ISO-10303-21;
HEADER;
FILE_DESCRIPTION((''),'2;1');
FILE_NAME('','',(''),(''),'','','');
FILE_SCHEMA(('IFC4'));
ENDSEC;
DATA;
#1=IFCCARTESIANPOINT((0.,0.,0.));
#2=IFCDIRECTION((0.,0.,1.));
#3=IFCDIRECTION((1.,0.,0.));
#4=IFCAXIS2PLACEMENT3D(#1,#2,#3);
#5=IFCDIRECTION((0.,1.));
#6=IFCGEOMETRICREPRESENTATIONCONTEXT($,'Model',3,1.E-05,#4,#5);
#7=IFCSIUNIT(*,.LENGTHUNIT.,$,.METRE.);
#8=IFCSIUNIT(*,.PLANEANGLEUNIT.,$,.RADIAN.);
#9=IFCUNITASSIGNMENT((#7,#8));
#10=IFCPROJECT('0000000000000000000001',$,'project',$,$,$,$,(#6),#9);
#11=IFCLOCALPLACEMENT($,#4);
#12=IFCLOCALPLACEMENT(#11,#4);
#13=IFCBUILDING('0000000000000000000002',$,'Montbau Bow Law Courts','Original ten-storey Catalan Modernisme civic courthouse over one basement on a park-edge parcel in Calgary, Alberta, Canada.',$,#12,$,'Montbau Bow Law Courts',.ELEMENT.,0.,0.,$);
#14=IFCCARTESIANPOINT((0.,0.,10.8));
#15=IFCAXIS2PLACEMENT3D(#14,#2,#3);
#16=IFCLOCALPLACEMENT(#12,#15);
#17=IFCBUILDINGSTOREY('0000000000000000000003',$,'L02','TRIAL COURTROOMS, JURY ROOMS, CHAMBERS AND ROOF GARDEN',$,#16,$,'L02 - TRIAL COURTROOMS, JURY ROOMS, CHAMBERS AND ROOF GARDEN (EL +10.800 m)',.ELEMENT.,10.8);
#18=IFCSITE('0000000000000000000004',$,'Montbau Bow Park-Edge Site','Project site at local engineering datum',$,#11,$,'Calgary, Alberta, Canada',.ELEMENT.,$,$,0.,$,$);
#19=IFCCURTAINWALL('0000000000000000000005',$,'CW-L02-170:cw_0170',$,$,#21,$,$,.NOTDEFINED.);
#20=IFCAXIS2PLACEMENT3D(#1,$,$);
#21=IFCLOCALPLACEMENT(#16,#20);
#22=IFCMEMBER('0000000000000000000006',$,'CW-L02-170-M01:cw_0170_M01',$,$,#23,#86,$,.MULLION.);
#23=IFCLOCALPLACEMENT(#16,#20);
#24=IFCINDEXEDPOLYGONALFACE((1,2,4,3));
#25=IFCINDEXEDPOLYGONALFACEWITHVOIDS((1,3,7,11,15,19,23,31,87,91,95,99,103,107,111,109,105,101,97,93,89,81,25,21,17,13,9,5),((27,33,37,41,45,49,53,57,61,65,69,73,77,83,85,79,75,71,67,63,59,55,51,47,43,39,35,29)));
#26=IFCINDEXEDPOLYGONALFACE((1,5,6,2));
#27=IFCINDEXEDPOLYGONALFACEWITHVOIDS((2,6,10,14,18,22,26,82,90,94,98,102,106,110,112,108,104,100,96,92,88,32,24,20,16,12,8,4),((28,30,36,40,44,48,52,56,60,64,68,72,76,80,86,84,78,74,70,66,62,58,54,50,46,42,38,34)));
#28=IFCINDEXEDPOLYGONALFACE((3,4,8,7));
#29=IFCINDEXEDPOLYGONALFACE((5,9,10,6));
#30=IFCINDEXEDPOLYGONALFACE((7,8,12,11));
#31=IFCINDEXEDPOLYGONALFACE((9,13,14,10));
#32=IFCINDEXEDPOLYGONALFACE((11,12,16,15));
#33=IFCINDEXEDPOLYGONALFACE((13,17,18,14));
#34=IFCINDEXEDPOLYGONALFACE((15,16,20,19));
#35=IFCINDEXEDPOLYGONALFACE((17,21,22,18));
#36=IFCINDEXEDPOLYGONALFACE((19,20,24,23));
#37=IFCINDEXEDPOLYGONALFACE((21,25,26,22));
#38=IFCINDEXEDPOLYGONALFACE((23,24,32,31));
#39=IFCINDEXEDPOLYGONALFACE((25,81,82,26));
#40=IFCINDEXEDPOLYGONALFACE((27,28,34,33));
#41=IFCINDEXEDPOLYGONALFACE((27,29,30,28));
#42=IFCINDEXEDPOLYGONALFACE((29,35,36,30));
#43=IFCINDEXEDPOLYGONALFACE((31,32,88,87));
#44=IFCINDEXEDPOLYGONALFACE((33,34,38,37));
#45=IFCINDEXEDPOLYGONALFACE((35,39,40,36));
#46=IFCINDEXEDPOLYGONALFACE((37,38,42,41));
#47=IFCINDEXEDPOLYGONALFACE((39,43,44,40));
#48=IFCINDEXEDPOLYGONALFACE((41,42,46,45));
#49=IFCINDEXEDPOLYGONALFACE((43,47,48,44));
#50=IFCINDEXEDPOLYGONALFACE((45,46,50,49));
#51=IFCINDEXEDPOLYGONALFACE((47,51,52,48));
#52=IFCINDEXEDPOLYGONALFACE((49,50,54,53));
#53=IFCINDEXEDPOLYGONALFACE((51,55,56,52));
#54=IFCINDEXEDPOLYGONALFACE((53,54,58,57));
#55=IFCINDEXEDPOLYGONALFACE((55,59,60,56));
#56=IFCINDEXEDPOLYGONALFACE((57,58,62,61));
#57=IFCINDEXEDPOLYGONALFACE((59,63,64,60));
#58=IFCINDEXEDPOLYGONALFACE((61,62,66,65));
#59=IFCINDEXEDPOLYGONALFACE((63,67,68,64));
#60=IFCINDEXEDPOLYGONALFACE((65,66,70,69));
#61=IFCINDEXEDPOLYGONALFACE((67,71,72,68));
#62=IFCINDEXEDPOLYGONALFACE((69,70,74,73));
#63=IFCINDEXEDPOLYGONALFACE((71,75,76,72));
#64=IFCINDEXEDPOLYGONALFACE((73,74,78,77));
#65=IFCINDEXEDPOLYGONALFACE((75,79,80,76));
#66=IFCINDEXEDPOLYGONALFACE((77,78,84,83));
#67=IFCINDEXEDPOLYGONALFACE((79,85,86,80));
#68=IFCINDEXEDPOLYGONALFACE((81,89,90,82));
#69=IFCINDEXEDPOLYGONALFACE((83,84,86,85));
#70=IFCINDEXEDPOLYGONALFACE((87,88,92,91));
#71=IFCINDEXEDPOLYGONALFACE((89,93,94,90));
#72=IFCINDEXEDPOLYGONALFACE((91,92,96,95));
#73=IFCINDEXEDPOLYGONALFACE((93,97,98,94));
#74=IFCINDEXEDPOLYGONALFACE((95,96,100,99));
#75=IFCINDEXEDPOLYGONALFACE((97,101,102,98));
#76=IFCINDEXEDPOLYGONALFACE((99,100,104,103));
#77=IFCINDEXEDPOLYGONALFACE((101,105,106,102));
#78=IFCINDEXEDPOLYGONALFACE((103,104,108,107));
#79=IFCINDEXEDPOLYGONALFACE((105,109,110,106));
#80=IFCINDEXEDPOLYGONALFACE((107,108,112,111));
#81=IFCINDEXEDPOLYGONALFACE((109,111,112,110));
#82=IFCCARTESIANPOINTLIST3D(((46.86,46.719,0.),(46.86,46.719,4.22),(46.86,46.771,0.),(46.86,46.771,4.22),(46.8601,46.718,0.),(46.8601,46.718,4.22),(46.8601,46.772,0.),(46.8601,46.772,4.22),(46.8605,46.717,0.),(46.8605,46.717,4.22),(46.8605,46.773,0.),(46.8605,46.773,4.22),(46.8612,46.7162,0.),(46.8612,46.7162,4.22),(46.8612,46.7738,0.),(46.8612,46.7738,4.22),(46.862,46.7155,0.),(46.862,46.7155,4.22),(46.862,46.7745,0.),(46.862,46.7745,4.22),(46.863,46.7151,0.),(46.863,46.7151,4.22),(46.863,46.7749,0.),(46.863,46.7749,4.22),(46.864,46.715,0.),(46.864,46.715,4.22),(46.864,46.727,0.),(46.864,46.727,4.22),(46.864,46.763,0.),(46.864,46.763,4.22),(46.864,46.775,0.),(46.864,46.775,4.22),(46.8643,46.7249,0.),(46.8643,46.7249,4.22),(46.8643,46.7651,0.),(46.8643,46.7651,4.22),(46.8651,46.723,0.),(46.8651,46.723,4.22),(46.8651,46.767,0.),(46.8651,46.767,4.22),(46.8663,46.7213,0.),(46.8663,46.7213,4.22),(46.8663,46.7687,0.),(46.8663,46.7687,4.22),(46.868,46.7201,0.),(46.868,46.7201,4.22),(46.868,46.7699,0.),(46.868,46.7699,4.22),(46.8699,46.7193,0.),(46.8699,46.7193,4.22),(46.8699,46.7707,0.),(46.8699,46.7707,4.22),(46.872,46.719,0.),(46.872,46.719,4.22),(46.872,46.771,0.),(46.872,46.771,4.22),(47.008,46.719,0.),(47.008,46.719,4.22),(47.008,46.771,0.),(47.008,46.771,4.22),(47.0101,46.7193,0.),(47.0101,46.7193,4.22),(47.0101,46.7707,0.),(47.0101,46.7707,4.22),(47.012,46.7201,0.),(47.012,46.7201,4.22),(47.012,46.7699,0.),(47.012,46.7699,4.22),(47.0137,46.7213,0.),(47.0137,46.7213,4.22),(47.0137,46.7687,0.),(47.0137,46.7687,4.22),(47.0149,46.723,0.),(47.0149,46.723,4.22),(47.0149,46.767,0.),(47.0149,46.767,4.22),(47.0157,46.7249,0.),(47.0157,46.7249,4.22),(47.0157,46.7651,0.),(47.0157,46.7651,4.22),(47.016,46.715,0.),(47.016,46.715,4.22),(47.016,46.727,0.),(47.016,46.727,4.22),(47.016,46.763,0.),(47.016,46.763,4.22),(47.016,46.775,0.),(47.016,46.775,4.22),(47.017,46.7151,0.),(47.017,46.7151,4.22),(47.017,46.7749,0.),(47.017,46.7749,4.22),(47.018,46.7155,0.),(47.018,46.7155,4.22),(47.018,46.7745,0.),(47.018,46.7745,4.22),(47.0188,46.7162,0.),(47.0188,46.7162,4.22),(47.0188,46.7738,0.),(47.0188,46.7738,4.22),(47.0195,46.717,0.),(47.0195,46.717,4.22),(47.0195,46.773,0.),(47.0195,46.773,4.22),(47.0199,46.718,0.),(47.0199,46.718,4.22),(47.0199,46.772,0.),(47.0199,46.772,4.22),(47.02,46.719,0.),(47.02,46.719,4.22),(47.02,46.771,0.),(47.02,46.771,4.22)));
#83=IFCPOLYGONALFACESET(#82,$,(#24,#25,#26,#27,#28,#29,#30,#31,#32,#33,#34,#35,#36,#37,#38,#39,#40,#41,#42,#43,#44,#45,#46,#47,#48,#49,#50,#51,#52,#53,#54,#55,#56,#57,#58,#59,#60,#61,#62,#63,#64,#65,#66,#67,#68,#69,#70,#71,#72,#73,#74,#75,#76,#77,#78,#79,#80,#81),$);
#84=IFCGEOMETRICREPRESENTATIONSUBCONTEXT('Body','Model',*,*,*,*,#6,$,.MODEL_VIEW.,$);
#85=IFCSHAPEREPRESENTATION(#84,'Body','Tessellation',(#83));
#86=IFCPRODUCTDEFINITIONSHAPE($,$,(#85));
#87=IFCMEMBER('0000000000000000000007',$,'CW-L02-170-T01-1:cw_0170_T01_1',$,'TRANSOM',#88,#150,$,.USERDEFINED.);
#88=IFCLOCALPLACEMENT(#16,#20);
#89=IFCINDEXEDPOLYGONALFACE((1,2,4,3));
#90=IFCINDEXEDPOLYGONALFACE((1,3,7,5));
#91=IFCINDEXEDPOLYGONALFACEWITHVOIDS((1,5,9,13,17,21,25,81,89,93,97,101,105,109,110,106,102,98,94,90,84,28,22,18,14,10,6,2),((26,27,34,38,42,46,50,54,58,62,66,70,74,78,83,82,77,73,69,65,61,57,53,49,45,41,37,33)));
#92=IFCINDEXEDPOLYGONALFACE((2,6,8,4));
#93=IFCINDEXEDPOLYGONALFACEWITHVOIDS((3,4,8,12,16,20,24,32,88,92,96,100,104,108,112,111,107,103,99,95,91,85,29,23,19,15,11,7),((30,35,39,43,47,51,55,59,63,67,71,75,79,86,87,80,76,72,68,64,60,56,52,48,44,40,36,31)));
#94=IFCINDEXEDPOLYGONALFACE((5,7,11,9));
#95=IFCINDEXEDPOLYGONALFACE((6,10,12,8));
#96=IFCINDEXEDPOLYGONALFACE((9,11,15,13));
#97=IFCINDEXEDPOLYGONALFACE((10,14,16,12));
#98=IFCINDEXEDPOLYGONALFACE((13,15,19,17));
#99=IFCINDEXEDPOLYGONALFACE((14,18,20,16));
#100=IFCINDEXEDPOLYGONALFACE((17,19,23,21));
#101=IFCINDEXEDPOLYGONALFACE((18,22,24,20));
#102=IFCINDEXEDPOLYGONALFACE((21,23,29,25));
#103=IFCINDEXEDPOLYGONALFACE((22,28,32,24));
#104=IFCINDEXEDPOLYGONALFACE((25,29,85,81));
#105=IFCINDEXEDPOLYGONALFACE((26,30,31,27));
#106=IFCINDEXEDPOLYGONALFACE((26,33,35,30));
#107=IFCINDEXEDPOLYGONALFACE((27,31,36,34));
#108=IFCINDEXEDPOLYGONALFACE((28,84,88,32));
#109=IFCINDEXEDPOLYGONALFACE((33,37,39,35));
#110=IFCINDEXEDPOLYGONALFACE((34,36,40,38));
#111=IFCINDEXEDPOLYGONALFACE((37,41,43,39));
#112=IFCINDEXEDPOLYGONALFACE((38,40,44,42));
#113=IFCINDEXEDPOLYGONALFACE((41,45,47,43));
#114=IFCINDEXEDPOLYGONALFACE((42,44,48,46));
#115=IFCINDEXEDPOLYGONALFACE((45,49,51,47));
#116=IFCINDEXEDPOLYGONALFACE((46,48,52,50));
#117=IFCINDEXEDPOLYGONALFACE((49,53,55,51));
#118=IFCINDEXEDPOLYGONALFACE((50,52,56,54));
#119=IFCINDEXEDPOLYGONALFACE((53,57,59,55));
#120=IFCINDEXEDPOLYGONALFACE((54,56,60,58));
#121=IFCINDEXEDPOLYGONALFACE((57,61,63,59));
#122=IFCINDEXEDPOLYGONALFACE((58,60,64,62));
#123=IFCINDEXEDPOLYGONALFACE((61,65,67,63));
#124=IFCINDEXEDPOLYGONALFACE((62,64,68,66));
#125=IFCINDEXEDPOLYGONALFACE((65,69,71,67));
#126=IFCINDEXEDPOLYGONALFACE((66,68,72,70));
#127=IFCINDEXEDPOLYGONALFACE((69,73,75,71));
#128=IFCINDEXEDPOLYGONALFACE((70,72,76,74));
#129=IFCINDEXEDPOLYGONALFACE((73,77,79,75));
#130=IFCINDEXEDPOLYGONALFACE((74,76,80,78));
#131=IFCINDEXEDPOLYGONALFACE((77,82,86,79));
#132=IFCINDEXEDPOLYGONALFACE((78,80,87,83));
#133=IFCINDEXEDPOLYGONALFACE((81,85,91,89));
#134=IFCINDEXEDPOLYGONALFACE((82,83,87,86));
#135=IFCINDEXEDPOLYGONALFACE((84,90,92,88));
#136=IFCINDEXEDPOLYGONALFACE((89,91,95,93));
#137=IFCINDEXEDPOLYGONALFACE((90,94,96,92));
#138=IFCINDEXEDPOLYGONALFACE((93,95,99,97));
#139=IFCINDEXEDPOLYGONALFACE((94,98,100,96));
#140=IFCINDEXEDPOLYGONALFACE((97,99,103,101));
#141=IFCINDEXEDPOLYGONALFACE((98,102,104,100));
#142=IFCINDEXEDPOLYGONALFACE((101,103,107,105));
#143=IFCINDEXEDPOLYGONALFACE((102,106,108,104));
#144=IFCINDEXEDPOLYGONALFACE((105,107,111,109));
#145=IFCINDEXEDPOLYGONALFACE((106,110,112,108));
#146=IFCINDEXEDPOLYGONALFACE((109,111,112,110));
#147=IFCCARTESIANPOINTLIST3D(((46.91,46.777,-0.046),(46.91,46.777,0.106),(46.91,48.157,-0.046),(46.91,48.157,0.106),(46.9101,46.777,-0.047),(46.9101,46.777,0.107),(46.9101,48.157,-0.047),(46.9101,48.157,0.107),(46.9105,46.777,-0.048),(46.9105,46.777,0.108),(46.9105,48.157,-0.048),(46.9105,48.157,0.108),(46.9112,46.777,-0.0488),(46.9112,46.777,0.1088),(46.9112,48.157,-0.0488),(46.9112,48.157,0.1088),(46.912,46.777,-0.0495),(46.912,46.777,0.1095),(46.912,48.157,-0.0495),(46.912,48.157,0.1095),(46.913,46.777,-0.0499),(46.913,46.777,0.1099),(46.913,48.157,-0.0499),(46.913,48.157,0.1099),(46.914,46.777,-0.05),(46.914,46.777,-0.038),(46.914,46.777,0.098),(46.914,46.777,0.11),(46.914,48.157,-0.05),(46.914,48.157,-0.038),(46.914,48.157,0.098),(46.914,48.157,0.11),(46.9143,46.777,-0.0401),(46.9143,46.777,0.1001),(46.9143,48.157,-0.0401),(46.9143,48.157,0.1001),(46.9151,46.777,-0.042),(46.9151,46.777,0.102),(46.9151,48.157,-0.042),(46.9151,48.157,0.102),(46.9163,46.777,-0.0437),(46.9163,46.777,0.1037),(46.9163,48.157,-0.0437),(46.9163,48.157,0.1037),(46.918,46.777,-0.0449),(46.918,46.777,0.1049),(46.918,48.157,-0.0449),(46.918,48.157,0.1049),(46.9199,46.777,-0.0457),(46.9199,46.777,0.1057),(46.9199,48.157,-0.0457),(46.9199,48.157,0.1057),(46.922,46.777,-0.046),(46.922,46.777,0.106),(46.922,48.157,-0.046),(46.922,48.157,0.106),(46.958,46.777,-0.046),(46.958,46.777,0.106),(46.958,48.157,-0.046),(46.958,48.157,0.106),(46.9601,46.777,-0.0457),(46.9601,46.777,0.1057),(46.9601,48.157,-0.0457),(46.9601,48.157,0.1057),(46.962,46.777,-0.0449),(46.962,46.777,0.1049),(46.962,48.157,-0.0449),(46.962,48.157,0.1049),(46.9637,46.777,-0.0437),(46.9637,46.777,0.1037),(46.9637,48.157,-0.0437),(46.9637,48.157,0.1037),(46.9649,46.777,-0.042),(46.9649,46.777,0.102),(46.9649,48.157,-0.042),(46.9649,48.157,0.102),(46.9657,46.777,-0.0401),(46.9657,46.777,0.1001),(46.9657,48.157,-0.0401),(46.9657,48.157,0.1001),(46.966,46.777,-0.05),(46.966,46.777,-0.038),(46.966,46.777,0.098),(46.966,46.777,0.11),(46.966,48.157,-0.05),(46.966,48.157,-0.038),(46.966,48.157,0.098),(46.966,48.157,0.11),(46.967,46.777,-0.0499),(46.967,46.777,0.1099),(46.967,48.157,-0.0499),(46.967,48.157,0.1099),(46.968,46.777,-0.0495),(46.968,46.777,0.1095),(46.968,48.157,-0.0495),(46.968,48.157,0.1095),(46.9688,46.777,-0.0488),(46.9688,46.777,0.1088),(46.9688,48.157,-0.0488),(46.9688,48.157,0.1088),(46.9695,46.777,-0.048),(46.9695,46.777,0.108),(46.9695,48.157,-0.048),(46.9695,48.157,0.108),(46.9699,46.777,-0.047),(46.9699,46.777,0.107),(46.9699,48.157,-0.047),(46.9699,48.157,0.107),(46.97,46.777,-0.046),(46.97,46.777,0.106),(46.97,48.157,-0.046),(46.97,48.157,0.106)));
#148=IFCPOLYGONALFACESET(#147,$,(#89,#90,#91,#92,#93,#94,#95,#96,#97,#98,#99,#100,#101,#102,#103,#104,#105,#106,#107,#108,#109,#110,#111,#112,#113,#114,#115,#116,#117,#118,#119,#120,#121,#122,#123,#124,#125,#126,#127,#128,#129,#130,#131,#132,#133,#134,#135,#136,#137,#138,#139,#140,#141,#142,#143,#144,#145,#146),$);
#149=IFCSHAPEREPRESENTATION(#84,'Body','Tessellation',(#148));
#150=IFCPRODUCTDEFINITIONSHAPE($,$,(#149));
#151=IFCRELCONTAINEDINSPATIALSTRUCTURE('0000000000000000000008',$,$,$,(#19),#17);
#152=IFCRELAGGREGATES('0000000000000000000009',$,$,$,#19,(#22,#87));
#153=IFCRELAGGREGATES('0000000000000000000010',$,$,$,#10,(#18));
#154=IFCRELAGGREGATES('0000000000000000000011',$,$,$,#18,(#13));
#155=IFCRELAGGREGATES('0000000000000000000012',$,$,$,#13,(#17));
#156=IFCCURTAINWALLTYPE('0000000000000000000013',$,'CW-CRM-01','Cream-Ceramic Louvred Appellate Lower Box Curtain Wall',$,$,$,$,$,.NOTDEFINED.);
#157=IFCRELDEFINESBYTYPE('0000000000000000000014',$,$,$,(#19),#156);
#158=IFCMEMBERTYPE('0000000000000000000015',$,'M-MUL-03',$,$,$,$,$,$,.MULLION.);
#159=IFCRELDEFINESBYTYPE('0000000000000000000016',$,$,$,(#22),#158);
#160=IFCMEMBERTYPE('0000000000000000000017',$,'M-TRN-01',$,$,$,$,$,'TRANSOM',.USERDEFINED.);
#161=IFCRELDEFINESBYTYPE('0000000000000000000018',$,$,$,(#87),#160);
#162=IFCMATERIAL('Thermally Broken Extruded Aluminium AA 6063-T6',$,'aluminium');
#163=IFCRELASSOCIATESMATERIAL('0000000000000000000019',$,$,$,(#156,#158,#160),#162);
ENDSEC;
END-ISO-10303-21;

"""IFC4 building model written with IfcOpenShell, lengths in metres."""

from ifc_helpers import new_model, si_unit, direction, frame, origin_with_axes, origin_2d_with_axis, place, context, subcontext, project, spatial, hollow_rectangle, extrude, material, material_profile, profile_set, type_object, element, aggregate, save


model = new_model("IFC4")

# Units and contexts
model_context = context("Model", 3, precision=1e-05, world=origin_with_axes(), true_north=direction((0.0, 1.0)))
body_context = subcontext(model_context, "Body", "Model", "MODEL_VIEW")
ifc_project = project(units=[si_unit("LENGTHUNIT", "METRE"), si_unit("PLANEANGLEUNIT", "RADIAN")], contexts=[model_context])

# Site, building, storey
site_placement = place(None, origin_with_axes())
site = spatial("IfcSite", under=ifc_project, at=site_placement, Name="Montbau Bow Park-Edge Site", Description="Project site at local engineering datum", LongName="Calgary, Alberta, Canada", CompositionType="ELEMENT", RefElevation=0.0)
building_placement = place(site_placement, origin_with_axes())
building = spatial("IfcBuilding", under=site, at=building_placement, Name="Montbau Bow Law Courts", Description="Original ten-storey Catalan Modernisme civic courthouse over one basement on a park-edge parcel in Calgary, Alberta, Canada.", LongName="Montbau Bow Law Courts", CompositionType="ELEMENT", ElevationOfRefHeight=0.0, ElevationOfTerrain=0.0)
storey_placement = place(building_placement, frame((0.0, 0.0, 10.8), z_axis=(0.0, 0.0, 1.0), x_axis=(1.0, 0.0, 0.0)))
storey = spatial("IfcBuildingStorey", under=building, at=storey_placement, Name="L02", Description="TRIAL COURTROOMS, JURY ROOMS, CHAMBERS AND ROOF GARDEN", LongName="L02 - TRIAL COURTROOMS, JURY ROOMS, CHAMBERS AND ROOF GARDEN (EL +10.800 m)", CompositionType="ELEMENT", Elevation=10.8)

# Curtain wall, members
ifc_material_1 = material(Name="Thermally Broken Extruded Aluminium AA 6063-T6", Category="aluminium")
curtain_wall_type = type_object("IfcCurtainWallType", Name="CW-CRM-01", Description="Cream-Ceramic Louvred Appellate Lower Box Curtain Wall", PredefinedType="NOTDEFINED", material=ifc_material_1)
curtain_wall_1_placement = place(None, frame((46.94, 46.715, 10.8), z_axis=(0.0, 0.0, 1.0), x_axis=(1.0, 0.0, 0.0)))
curtain_wall_1 = element("IfcCurtainWall", 1, at=curtain_wall_1_placement, inside=storey, type_object=curtain_wall_type, Name="CW-L02-170:cw_0170", PredefinedType="NOTDEFINED")
ifc_material_profile_1 = material_profile(ifc_material_1, hollow_rectangle(XDim=0.06, YDim=0.16, WallThickness=0.004, InnerFilletRadius=0.008, OuterFilletRadius=0.004, at=origin_2d_with_axis()), Name="CWM-160X60", Category="Main", Priority=0)
ifc_profile_set_1 = profile_set([ifc_material_profile_1], Name="Thermally Broken Extruded Aluminium AA 6063-T6")
member_type_1 = type_object("IfcMemberType", Name="M-MUL-03", PredefinedType="MULLION", material=ifc_profile_set_1)
member_1_placement = place(None, frame((46.94, 46.745, 10.8), z_axis=(0.0, 0.0, 1.0), x_axis=(0.0, 1.0, 0.0)))
member_1 = element("IfcMember", 2, at=member_1_placement, type_object=member_type_1, Name="CW-L02-170-M01:cw_0170_M01", PredefinedType="MULLION", context=body_context, shape_type="SweptSolid", body=[
    extrude(hollow_rectangle(XDim=0.06, YDim=0.16, WallThickness=0.004, InnerFilletRadius=0.008, OuterFilletRadius=0.004, at=origin_2d_with_axis()), origin_with_axes(), (0.0, 0.0, 1.0), 4.22),
])
ifc_material_profile_2 = material_profile(ifc_material_1, hollow_rectangle(XDim=0.06, YDim=0.16, WallThickness=0.004, InnerFilletRadius=0.008, OuterFilletRadius=0.004, at=origin_2d_with_axis()), Name="CWT-160X60", Category="Main", Priority=0)
ifc_profile_set_2 = profile_set([ifc_material_profile_2], Name="Thermally Broken Extruded Aluminium AA 6063-T6")
member_type_2 = type_object("IfcMemberType", Name="M-TRN-01", ElementType="TRANSOM", PredefinedType="USERDEFINED", material=ifc_profile_set_2)
member_2_placement = place(None, frame((46.94, 46.777, 10.83), z_axis=(0.0, 1.0, 0.0), x_axis=(-1.0, 0.0, 0.0)))
member_2 = element("IfcMember", 3, at=member_2_placement, type_object=member_type_2, Name="CW-L02-170-T01-1:cw_0170_T01_1", ObjectType="TRANSOM", PredefinedType="USERDEFINED", context=body_context, shape_type="SweptSolid", body=[
    extrude(hollow_rectangle(XDim=0.06, YDim=0.16, WallThickness=0.004, InnerFilletRadius=0.008, OuterFilletRadius=0.004, at=origin_2d_with_axis()), origin_with_axes(), (0.0, 0.0, 1.0), 1.38),
])

aggregate(curtain_wall_1, [member_1, member_2])

save(model, "model.ifc")
